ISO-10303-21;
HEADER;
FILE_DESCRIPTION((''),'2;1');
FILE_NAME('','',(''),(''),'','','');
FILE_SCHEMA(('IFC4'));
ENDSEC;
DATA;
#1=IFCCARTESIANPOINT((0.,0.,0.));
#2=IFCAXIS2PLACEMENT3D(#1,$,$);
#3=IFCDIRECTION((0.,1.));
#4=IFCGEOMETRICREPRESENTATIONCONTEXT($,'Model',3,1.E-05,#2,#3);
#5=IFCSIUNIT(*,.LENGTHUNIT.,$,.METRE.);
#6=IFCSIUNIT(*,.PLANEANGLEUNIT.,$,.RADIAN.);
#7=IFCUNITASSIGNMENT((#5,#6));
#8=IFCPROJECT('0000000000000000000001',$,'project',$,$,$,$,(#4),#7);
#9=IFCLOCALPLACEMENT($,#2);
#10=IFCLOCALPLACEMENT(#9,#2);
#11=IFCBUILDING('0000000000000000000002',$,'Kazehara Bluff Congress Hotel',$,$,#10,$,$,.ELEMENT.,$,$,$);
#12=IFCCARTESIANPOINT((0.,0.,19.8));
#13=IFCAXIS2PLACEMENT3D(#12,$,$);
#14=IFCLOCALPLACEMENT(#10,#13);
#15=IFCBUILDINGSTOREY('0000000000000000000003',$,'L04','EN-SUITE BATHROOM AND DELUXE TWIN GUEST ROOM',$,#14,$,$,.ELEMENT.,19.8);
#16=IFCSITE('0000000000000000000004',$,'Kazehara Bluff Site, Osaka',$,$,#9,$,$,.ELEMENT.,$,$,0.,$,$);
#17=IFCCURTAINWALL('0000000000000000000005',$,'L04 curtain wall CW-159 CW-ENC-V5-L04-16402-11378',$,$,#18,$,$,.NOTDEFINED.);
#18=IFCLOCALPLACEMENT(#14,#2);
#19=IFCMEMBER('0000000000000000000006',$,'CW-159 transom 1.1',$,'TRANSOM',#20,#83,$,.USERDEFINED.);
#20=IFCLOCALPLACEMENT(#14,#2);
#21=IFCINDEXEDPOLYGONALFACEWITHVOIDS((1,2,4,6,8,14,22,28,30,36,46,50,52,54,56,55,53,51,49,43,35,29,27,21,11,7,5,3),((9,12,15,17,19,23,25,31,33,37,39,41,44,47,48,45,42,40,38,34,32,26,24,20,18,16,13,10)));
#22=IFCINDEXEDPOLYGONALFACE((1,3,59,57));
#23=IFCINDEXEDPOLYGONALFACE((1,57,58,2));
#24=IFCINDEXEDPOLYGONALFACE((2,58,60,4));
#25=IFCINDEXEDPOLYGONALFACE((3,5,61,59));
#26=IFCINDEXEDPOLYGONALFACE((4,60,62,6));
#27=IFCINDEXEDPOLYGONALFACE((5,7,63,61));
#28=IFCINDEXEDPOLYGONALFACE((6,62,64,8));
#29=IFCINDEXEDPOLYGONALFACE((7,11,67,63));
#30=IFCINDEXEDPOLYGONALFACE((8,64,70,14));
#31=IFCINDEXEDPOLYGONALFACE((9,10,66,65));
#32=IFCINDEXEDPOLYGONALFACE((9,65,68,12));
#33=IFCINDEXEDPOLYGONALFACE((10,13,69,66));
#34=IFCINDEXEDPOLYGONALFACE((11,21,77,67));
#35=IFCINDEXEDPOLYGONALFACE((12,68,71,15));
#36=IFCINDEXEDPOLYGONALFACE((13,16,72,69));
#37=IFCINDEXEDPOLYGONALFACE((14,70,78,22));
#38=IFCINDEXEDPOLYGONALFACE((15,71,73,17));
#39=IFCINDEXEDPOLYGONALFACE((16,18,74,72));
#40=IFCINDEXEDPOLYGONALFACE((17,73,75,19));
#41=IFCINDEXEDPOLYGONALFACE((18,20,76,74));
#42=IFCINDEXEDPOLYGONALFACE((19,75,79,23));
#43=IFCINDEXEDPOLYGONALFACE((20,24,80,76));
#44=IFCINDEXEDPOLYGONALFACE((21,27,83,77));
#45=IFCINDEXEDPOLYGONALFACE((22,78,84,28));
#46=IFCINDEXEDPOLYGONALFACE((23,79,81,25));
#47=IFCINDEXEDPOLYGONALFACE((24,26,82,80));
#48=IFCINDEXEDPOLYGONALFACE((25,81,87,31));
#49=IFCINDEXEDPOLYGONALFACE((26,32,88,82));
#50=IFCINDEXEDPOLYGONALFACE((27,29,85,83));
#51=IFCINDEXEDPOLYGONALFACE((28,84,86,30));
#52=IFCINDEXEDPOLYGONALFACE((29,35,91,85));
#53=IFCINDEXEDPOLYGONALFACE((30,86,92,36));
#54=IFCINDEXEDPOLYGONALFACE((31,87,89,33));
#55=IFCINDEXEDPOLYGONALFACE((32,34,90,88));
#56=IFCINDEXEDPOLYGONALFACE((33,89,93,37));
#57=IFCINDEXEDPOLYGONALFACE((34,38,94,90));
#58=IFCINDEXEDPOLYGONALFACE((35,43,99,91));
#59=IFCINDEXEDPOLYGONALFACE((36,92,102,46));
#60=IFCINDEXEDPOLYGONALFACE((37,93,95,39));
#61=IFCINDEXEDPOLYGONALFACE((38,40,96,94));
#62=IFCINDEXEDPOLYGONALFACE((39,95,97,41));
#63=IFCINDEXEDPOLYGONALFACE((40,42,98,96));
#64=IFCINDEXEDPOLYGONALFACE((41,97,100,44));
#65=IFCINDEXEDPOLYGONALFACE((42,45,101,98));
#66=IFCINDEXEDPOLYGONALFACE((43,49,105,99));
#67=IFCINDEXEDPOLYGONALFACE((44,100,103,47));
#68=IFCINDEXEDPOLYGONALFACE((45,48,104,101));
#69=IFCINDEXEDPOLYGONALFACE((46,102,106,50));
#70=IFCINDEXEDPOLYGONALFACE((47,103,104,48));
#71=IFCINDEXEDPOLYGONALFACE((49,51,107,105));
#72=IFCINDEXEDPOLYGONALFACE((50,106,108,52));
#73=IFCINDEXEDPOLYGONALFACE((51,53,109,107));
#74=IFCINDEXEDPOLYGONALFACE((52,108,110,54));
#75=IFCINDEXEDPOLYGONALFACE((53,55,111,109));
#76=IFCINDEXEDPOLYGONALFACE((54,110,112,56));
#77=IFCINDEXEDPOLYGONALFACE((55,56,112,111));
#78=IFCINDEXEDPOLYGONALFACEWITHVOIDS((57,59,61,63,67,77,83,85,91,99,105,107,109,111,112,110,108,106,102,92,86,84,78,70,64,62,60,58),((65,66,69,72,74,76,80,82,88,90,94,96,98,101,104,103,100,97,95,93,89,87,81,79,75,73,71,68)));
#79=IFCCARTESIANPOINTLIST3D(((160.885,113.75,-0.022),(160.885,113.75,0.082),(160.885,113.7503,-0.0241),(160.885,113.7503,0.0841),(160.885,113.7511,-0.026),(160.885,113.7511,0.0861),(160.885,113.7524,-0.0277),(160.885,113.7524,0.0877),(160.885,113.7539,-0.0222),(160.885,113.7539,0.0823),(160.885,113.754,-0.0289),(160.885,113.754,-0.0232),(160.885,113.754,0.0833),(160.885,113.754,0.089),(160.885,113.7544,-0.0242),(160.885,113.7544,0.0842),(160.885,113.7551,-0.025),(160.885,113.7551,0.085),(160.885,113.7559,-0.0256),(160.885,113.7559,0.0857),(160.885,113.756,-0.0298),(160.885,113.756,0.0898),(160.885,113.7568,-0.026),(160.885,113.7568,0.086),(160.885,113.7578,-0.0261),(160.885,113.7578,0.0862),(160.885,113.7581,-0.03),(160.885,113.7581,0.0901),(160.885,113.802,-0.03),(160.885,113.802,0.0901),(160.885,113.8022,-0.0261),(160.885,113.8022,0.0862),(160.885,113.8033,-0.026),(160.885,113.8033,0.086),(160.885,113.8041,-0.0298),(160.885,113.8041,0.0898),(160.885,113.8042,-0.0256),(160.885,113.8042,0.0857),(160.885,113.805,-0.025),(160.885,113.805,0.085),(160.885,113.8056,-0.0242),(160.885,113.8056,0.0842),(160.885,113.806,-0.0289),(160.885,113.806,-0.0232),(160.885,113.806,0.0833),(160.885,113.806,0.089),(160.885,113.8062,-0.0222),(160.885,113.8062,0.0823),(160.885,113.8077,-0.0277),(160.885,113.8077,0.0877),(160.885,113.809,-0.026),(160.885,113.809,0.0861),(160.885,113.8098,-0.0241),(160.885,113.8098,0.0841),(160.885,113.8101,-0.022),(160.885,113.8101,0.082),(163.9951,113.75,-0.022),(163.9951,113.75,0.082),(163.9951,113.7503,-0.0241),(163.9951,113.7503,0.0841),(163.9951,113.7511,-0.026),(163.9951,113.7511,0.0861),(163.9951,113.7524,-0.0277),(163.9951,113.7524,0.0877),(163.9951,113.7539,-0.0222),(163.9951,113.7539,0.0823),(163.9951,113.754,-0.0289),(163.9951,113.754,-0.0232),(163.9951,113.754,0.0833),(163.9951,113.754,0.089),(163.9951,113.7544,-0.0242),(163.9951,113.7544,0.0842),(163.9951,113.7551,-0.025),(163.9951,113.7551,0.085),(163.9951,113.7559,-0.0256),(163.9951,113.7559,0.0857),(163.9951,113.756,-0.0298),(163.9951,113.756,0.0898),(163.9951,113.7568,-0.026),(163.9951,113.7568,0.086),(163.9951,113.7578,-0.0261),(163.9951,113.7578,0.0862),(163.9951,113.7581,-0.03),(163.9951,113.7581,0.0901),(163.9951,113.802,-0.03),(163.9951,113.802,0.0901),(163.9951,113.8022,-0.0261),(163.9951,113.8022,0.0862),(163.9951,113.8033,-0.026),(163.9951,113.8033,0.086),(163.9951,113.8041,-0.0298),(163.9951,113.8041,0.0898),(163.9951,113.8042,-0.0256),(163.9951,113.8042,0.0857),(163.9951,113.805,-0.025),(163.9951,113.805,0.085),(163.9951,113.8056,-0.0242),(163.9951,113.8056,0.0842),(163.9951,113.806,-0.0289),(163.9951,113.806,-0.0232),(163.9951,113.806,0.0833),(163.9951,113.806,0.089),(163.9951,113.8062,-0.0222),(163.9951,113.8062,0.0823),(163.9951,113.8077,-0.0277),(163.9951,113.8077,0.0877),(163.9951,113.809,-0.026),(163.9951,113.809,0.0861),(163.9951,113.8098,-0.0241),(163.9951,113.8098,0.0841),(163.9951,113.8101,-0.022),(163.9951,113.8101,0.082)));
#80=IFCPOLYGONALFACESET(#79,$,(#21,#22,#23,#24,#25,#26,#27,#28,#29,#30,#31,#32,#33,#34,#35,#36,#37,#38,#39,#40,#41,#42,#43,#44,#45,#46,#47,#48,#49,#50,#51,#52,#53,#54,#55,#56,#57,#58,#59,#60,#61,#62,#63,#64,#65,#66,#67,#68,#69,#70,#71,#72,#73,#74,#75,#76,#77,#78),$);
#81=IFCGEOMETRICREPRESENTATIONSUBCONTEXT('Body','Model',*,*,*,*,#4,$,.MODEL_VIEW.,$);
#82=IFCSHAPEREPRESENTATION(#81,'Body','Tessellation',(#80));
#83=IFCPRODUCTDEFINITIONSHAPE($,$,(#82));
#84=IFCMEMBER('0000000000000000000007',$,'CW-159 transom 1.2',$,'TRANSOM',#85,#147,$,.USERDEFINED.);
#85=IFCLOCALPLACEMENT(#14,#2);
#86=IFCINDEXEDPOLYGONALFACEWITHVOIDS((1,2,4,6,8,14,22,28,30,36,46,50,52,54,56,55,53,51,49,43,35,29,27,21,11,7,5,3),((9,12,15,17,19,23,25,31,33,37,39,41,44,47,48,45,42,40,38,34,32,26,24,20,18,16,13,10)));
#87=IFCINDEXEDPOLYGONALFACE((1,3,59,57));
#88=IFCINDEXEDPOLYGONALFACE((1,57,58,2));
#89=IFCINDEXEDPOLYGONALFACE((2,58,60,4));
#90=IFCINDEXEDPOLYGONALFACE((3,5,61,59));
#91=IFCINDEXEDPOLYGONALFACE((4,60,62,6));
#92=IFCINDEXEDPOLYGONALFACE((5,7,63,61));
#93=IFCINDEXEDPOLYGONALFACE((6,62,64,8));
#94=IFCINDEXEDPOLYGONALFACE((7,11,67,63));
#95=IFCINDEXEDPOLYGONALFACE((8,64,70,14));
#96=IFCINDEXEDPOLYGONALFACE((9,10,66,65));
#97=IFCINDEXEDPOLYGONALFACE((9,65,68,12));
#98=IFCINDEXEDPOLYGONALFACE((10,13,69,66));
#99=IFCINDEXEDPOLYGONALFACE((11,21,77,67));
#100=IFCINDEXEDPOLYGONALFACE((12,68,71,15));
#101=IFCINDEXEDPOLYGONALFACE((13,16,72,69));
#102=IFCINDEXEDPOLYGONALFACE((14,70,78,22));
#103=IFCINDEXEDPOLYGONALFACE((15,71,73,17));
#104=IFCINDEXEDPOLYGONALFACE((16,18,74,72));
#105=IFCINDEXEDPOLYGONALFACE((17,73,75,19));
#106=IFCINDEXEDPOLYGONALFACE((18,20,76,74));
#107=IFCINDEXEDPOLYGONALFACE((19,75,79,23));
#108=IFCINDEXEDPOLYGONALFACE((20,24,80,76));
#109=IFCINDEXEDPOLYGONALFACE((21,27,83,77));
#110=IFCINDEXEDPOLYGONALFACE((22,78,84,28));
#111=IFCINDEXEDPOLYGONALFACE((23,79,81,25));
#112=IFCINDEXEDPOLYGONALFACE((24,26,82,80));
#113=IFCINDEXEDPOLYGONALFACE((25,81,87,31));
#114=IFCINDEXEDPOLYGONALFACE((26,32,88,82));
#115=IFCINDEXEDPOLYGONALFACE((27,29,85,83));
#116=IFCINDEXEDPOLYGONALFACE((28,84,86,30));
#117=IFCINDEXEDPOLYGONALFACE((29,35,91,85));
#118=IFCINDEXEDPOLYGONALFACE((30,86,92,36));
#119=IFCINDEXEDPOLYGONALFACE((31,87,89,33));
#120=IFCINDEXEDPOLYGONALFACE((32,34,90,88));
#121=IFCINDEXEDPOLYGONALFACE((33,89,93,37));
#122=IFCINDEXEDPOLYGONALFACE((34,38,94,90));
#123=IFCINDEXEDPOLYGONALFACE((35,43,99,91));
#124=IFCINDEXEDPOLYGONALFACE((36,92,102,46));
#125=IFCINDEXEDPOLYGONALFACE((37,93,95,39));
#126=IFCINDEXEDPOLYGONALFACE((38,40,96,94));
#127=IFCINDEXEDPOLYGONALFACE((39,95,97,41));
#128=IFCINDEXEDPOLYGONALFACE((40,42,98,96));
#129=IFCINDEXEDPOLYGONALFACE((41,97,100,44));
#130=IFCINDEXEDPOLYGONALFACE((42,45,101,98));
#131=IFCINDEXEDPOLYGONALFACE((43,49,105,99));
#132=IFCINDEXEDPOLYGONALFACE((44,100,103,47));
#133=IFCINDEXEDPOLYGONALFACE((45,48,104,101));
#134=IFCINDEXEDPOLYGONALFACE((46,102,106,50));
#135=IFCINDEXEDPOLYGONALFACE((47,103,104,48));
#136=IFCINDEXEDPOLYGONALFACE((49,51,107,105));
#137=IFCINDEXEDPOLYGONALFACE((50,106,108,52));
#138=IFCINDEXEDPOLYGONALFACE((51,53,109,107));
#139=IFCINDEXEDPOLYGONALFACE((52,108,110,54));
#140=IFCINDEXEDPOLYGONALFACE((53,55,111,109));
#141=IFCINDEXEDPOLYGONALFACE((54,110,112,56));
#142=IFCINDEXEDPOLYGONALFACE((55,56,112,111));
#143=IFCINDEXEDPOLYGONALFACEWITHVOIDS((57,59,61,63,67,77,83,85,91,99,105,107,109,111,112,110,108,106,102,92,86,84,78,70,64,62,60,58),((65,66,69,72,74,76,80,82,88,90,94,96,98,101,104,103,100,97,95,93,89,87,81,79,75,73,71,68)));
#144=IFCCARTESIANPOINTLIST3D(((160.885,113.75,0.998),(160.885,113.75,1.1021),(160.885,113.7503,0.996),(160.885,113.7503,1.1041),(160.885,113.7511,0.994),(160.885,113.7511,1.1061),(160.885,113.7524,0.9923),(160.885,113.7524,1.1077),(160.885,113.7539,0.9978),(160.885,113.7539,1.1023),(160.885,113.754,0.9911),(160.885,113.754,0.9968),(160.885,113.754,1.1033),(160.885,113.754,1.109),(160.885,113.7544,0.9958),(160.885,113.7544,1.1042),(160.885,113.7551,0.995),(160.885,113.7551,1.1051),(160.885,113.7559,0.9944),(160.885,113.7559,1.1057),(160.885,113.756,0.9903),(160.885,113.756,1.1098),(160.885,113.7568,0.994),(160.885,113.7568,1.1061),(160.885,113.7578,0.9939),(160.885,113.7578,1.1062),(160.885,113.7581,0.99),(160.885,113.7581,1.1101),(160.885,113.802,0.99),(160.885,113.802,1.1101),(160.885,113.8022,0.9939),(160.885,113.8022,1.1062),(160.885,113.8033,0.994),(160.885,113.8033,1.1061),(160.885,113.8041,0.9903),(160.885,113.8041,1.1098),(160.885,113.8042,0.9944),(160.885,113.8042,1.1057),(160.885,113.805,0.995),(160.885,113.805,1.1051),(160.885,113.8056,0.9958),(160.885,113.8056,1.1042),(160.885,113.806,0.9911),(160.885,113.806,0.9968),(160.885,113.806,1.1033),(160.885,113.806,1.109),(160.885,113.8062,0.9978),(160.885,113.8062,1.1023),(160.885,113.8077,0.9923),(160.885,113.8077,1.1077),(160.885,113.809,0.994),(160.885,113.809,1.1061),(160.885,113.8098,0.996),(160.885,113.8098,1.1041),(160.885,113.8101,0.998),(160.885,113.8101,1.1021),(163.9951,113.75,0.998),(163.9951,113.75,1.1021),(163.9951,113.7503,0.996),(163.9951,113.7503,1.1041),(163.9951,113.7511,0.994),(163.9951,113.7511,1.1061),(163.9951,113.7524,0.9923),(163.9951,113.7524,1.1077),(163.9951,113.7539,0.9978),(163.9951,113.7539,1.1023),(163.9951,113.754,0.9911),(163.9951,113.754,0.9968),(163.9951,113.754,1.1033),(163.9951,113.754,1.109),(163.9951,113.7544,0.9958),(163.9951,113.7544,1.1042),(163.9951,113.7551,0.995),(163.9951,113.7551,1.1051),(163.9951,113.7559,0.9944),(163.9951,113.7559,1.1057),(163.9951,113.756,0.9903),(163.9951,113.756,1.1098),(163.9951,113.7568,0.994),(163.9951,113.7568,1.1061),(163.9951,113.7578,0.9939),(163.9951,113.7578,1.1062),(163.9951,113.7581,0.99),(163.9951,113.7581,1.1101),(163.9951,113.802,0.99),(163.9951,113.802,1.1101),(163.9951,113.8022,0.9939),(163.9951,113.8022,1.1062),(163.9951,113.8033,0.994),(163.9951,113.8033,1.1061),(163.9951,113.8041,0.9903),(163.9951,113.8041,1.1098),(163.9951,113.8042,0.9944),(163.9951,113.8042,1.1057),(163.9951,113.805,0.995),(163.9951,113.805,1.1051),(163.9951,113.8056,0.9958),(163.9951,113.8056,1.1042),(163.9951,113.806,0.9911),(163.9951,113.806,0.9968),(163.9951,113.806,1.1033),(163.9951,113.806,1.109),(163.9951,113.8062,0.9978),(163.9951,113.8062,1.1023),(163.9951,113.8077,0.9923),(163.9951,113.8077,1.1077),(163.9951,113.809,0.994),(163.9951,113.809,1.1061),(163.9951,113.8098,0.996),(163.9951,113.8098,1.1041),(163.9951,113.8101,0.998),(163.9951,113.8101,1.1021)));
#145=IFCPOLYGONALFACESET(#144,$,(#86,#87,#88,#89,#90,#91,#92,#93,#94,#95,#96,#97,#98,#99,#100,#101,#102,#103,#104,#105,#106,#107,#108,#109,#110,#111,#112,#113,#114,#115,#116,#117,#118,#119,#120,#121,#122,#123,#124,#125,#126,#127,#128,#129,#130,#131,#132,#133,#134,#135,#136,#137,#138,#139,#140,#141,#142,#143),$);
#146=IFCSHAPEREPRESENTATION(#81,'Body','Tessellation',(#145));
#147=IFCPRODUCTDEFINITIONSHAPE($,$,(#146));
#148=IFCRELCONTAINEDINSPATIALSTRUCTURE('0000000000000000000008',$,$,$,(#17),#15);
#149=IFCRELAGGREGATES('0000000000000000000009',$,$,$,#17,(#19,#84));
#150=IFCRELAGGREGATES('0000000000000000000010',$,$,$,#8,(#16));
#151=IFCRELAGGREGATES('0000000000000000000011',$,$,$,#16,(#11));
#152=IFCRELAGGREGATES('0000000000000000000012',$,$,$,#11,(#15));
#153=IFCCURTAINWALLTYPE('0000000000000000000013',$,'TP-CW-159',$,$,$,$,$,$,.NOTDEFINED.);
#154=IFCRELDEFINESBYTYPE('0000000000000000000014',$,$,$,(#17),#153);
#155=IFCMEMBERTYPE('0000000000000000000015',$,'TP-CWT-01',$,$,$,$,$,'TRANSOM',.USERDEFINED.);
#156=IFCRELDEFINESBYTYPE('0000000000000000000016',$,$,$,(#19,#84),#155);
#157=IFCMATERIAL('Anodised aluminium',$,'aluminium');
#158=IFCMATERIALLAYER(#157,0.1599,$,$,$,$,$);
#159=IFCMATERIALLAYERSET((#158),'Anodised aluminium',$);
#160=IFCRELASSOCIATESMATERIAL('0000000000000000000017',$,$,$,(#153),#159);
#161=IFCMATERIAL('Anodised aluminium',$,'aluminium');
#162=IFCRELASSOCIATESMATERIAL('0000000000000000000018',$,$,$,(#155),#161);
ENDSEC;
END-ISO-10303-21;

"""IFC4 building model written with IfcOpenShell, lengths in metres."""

from ifc_helpers import new_model, si_unit, direction, frame, origin, origin_2d, place, context, subcontext, project, spatial, hollow_rectangle, extrude, material, layer, layer_set, material_profile, profile_set, type_object, element, aggregate, save


model = new_model("IFC4")

# Units and contexts
model_context = context("Model", 3, precision=1e-05, world=origin(), true_north=direction((0.0, 1.0)))
body_context = subcontext(model_context, "Body", "Model", "MODEL_VIEW")
ifc_project = project(units=[si_unit("LENGTHUNIT", "METRE"), si_unit("PLANEANGLEUNIT", "RADIAN")], contexts=[model_context])

# Site, building, storey
site_placement = place(None, origin())
site = spatial("IfcSite", under=ifc_project, at=site_placement, Name="Kazehara Bluff Site, Osaka", CompositionType="ELEMENT", RefElevation=0.0)
building_placement = place(site_placement, origin())
building = spatial("IfcBuilding", under=site, at=building_placement, Name="Kazehara Bluff Congress Hotel", CompositionType="ELEMENT")
storey_placement = place(building_placement, frame((0.0, 0.0, 19.8)))
storey = spatial("IfcBuildingStorey", under=building, at=storey_placement, Name="L04", Description="EN-SUITE BATHROOM AND DELUXE TWIN GUEST ROOM", CompositionType="ELEMENT", Elevation=19.8)

# Curtain wall
ifc_material_1 = material(Name="Anodised aluminium", Category="aluminium")
ifc_layer_1 = layer(ifc_material_1, 0.1599)
ifc_layer_set_1 = layer_set([ifc_layer_1], Name="Anodised aluminium")
curtain_wall_type_1 = type_object("IfcCurtainWallType", Name="TP-CW-159", PredefinedType="NOTDEFINED", material=ifc_layer_set_1)
curtain_wall_1_placement = place(storey_placement, origin())
curtain_wall_1 = element("IfcCurtainWall", 1, at=curtain_wall_1_placement, inside=storey, type_object=curtain_wall_type_1, Name="L04 curtain wall CW-159 CW-ENC-V5-L04-16402-11378", PredefinedType="NOTDEFINED")

# Members
ifc_material_2 = material(Name="Anodised aluminium", Category="aluminium")
ifc_material_profile_1 = material_profile(ifc_material_2, hollow_rectangle(XDim=0.0601, YDim=0.1201, WallThickness=0.0039, InnerFilletRadius=0.0039, OuterFilletRadius=0.0081, at=origin_2d()))
ifc_profile_set_1 = profile_set([ifc_material_profile_1], Name="Anodised aluminium")
member_type_1 = type_object("IfcMemberType", Name="TP-CWT-01", ElementType="TRANSOM", PredefinedType="USERDEFINED", material=ifc_profile_set_1)
member_1_placement = place(storey_placement, frame((160.885, 113.78, 0.03), z_axis=(1.0, 0.0, 0.0), x_axis=(0.0, 1.0, 0.0)))
member_1 = element("IfcMember", 2, at=member_1_placement, type_object=member_type_1, Name="CW-159 transom 1.1", ObjectType="TRANSOM", PredefinedType="USERDEFINED", context=body_context, shape_type="SweptSolid", body=[
    extrude(hollow_rectangle(XDim=0.0601, YDim=0.1201, WallThickness=0.0039, InnerFilletRadius=0.0039, OuterFilletRadius=0.0081, at=origin_2d()), origin(), (0.0, 0.0, 1.0), 3.1101),
])
member_2_placement = place(storey_placement, frame((160.885, 113.78, 1.05), z_axis=(1.0, 0.0, 0.0), x_axis=(0.0, 1.0, 0.0)))
member_2 = element("IfcMember", 3, at=member_2_placement, type_object=member_type_1, Name="CW-159 transom 1.2", ObjectType="TRANSOM", PredefinedType="USERDEFINED", context=body_context, shape_type="SweptSolid", body=[
    extrude(hollow_rectangle(XDim=0.0601, YDim=0.1201, WallThickness=0.0039, InnerFilletRadius=0.0039, OuterFilletRadius=0.0081, at=origin_2d()), origin(), (0.0, 0.0, 1.0), 3.1101),
])

aggregate(curtain_wall_1, [member_1, member_2])

save(model, "model.ifc")
